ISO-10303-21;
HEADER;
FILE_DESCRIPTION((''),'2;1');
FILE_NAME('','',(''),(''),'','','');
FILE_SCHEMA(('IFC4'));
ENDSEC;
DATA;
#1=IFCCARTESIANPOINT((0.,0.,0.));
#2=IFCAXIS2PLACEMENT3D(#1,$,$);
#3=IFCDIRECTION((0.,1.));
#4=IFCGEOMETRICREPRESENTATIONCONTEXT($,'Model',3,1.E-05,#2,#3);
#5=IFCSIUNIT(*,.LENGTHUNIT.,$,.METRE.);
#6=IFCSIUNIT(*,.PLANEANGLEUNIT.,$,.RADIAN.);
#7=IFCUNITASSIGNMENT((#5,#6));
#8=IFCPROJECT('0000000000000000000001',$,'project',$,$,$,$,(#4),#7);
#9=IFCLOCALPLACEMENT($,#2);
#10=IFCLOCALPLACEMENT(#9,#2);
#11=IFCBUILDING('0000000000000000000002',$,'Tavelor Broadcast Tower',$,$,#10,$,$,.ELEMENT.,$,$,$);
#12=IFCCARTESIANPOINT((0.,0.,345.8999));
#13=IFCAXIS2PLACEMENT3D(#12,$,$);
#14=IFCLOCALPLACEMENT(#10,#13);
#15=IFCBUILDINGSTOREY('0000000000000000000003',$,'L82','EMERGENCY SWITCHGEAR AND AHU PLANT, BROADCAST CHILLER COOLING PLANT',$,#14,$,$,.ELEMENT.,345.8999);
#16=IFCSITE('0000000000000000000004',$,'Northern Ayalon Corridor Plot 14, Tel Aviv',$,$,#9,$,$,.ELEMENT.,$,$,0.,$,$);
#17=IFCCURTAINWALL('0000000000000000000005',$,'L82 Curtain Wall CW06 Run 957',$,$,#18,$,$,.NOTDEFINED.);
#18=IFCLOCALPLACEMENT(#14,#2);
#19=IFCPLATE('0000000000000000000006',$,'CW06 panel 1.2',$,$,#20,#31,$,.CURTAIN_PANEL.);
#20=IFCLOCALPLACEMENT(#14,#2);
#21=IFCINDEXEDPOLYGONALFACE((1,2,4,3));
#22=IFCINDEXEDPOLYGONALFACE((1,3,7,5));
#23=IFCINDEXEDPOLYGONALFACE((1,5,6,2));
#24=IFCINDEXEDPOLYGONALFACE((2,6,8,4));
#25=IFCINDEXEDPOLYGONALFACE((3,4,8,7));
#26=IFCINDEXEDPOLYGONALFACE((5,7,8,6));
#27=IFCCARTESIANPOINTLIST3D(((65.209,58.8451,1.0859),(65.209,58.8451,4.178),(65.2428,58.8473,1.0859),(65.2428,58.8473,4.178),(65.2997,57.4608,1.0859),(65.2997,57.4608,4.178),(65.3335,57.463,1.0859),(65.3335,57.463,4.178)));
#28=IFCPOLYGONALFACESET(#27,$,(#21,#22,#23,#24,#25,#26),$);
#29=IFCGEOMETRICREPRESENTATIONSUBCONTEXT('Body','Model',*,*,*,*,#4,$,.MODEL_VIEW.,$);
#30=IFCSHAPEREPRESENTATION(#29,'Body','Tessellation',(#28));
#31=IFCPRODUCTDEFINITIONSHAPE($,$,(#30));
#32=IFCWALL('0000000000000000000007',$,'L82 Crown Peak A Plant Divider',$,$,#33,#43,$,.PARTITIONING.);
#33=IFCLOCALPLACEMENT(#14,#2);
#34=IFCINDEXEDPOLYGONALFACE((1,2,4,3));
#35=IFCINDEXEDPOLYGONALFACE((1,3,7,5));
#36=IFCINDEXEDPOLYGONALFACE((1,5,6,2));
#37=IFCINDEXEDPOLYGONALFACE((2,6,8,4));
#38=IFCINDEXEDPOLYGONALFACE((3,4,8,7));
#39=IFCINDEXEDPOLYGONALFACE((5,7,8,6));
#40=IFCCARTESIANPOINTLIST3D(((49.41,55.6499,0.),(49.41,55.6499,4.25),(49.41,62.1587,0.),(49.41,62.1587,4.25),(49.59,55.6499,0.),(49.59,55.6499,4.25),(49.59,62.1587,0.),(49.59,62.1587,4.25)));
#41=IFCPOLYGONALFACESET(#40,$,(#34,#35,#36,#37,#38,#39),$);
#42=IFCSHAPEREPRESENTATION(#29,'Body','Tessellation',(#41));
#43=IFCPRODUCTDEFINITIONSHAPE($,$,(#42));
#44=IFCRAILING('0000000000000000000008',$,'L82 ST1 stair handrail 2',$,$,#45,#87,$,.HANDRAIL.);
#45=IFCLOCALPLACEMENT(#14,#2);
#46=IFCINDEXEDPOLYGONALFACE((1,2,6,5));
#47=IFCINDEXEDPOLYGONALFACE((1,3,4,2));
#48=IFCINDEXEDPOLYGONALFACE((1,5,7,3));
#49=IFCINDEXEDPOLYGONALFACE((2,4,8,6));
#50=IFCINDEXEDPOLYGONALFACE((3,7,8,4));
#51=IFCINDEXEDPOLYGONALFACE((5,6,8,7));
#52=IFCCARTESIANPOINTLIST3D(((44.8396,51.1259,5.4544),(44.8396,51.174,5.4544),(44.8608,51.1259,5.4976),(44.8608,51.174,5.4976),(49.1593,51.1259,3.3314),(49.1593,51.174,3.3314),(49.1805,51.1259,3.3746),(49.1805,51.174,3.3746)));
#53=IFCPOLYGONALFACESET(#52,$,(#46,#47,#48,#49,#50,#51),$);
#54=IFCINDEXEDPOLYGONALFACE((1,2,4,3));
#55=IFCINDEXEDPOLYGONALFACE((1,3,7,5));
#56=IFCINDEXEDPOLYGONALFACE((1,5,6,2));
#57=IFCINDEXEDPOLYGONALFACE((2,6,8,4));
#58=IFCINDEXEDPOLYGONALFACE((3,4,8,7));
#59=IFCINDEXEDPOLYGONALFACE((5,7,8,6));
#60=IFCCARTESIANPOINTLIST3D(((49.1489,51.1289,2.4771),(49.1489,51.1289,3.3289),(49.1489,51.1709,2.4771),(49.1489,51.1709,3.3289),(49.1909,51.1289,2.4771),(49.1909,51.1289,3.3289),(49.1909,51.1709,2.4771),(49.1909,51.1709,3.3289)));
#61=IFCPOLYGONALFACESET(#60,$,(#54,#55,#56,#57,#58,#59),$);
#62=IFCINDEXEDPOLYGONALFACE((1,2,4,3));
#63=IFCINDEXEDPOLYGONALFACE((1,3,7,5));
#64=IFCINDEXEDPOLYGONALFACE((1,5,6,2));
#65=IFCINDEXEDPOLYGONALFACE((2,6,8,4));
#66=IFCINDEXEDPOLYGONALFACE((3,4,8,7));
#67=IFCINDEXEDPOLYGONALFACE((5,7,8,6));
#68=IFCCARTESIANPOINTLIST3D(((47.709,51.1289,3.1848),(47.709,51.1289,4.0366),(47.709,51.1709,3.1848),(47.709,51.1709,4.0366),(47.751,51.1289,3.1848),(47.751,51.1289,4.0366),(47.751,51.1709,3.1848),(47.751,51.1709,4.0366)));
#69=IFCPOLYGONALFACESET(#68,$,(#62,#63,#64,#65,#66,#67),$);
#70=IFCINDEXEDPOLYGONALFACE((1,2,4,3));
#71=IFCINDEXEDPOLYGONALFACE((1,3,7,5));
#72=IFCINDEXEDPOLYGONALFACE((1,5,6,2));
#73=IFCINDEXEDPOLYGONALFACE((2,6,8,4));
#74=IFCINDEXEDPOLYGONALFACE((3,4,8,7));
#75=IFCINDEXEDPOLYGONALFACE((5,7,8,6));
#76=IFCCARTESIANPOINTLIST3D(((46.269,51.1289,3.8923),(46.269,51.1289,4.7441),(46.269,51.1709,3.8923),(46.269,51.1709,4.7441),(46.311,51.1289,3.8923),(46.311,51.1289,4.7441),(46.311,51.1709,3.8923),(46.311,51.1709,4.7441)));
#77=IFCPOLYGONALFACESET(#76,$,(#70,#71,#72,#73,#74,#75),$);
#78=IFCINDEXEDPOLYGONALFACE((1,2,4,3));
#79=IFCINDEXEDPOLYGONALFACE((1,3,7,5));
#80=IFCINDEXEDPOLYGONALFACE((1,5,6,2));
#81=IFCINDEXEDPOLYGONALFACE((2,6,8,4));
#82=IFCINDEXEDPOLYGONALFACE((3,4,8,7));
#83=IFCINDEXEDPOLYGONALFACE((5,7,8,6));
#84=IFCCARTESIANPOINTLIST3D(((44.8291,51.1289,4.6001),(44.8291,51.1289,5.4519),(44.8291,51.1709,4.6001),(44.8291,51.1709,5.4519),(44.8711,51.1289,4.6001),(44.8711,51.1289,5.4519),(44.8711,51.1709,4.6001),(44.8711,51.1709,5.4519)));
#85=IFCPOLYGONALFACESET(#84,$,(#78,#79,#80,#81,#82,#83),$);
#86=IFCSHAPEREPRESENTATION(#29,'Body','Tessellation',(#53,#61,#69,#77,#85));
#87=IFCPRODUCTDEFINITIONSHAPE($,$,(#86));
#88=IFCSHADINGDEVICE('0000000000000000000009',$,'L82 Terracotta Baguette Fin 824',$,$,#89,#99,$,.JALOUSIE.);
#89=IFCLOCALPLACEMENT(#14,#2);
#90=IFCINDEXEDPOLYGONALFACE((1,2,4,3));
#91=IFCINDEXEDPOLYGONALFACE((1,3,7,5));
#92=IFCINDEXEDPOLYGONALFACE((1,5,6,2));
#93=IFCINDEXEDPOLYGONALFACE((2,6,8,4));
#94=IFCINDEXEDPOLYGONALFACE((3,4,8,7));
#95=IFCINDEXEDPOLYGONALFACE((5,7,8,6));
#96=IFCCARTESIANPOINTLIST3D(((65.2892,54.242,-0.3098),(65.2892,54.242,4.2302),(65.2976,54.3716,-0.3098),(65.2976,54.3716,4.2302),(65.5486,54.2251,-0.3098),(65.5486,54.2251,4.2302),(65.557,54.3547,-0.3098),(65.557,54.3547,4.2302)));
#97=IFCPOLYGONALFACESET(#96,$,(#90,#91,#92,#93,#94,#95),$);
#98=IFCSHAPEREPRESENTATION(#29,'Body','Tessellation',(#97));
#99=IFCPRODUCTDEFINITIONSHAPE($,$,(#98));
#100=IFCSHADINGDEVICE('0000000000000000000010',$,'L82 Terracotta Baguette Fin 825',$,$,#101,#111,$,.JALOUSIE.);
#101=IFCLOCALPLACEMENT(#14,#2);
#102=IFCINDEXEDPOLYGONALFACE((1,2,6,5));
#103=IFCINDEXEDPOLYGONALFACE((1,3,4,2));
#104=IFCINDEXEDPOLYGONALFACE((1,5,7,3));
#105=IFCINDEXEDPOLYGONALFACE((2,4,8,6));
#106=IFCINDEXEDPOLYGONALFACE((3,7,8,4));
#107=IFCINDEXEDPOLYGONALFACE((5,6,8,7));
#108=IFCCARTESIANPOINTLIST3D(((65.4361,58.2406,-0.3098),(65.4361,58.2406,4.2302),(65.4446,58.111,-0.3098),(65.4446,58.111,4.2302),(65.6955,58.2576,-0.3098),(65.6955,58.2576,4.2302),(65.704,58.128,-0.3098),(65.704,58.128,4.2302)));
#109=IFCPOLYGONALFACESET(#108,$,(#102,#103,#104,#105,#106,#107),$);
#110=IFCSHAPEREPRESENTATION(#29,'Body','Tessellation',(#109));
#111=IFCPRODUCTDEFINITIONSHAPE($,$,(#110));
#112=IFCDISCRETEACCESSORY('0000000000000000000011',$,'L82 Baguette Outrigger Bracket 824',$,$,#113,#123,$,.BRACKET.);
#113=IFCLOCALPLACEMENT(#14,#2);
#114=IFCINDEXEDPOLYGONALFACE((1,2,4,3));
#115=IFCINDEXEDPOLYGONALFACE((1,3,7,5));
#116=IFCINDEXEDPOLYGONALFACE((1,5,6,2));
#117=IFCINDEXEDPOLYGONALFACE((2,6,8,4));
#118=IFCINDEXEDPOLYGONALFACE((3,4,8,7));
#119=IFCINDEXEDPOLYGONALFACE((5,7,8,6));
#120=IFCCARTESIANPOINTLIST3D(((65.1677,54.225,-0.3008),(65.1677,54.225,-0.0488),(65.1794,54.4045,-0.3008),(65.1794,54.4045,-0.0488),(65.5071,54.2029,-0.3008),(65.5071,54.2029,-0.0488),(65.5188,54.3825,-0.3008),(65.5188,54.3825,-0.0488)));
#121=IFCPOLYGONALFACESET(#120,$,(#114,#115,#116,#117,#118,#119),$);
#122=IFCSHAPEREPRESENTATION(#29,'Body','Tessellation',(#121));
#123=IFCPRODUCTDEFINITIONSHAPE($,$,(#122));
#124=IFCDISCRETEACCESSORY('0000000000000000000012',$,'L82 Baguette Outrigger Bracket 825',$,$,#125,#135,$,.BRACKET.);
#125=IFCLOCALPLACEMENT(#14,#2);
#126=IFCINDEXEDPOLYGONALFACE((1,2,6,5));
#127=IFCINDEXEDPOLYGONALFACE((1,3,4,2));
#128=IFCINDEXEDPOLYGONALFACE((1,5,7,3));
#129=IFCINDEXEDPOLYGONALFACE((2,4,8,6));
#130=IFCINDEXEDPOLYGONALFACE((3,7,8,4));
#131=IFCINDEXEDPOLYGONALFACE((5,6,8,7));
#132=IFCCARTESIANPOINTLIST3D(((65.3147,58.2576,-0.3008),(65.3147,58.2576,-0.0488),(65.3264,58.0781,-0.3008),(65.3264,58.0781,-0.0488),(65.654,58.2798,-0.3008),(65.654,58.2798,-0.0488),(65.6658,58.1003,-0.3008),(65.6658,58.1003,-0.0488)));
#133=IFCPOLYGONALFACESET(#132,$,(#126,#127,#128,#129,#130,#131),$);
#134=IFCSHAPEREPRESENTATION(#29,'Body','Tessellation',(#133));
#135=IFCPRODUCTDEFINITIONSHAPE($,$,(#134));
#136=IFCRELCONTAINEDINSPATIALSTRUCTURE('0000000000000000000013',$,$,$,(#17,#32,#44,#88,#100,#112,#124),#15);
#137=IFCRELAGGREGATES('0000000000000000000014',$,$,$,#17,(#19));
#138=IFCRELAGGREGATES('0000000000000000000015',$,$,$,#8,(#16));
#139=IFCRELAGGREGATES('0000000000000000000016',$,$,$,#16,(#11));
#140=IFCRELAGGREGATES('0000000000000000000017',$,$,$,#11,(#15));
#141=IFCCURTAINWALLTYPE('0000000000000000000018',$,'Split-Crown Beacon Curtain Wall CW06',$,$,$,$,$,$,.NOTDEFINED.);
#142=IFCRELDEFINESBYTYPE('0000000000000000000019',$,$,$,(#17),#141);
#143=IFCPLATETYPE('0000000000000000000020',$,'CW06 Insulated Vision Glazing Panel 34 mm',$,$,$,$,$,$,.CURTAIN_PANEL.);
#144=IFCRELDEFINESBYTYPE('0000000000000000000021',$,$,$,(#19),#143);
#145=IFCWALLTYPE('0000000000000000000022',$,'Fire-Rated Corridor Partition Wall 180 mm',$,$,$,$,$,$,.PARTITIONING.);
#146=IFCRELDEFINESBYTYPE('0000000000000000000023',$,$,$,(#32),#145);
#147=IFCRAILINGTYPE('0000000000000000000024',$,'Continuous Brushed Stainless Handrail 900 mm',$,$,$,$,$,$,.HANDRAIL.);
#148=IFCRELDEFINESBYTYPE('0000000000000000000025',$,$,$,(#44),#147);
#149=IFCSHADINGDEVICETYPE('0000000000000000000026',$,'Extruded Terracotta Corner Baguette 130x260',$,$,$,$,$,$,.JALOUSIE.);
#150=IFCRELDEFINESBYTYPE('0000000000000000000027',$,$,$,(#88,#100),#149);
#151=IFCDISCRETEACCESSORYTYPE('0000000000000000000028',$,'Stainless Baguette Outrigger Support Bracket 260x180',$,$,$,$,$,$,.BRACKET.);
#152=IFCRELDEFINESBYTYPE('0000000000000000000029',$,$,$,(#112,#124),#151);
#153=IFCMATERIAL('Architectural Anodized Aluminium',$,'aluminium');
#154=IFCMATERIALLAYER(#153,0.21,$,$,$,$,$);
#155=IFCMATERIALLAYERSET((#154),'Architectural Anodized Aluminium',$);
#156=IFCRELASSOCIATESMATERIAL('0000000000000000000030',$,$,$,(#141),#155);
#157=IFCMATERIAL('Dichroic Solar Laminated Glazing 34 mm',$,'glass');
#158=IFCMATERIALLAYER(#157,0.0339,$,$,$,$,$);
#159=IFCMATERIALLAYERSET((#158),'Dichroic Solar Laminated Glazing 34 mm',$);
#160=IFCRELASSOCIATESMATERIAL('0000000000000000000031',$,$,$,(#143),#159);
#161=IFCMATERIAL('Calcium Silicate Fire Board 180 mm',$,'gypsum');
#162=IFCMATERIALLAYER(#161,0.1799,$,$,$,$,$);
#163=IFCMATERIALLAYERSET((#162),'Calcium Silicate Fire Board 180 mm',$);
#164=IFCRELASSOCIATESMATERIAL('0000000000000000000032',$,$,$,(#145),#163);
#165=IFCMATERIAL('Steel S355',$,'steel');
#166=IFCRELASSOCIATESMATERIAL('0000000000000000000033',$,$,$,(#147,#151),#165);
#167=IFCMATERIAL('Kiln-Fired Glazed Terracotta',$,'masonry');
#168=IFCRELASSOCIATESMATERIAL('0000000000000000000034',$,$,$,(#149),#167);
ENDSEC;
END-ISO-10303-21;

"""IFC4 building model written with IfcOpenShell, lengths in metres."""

from ifc_helpers import new_model, si_unit, direction, frame, frame_2d, origin, origin_2d, place, context, subcontext, project, spatial, rectangle, extrude, source, transform, mapped, material, layer, layer_set, type_object, type_shapes, element, aggregate, save


model = new_model("IFC4")

# Units and contexts
model_context = context("Model", 3, precision=1e-05, world=origin(), true_north=direction((0.0, 1.0)))
body_context = subcontext(model_context, "Body", "Model", "MODEL_VIEW")
ifc_project = project(units=[si_unit("LENGTHUNIT", "METRE"), si_unit("PLANEANGLEUNIT", "RADIAN")], contexts=[model_context])

# Site, building, storey
site_placement = place(None, origin())
site = spatial("IfcSite", under=ifc_project, at=site_placement, Name="Northern Ayalon Corridor Plot 14, Tel Aviv", CompositionType="ELEMENT", RefElevation=0.0)
building_placement = place(site_placement, origin())
building = spatial("IfcBuilding", under=site, at=building_placement, Name="Tavelor Broadcast Tower", CompositionType="ELEMENT")
storey_placement = place(building_placement, frame((0.0, 0.0, 345.8999)))
storey = spatial("IfcBuildingStorey", under=building, at=storey_placement, Name="L82", Description="EMERGENCY SWITCHGEAR AND AHU PLANT, BROADCAST CHILLER COOLING PLANT", CompositionType="ELEMENT", Elevation=345.8999)

# Shared definitions
ifc_material_1 = material(Name="Steel S355", Category="steel")

# Shared definitions
ifc_material_2 = material(Name="Architectural Anodized Aluminium", Category="aluminium")
ifc_layer_1 = layer(ifc_material_2, 0.21)
ifc_layer_set_1 = layer_set([ifc_layer_1], Name="Architectural Anodized Aluminium")
curtain_wall_type = type_object("IfcCurtainWallType", Name="Split-Crown Beacon Curtain Wall CW06", PredefinedType="NOTDEFINED", material=ifc_layer_set_1)

# Curtain wall
curtain_wall_1_placement = place(storey_placement, origin())
curtain_wall_1 = element("IfcCurtainWall", 1, at=curtain_wall_1_placement, inside=storey, type_object=curtain_wall_type, Name="L82 Curtain Wall CW06 Run 957", PredefinedType="NOTDEFINED")

# Plate
ifc_material_3 = material(Name="Dichroic Solar Laminated Glazing 34 mm", Category="glass")
ifc_layer_2 = layer(ifc_material_3, 0.0339)
ifc_layer_set_2 = layer_set([ifc_layer_2], Name="Dichroic Solar Laminated Glazing 34 mm")
plate_type_1 = type_object("IfcPlateType", Name="CW06 Insulated Vision Glazing Panel 34 mm", PredefinedType="CURTAIN_PANEL", material=ifc_layer_set_2)
shared_shape_1 = source(origin(), body_context, "Body", "SweptSolid", [
    extrude(rectangle(XDim=1.3872, YDim=0.0339, at=origin_2d()), origin(), (0.0, 0.0, 1.0), 3.092),
])
plate_1_placement = place(storey_placement, frame((65.2712, 58.1541, 1.0859), z_axis=(0.0, 0.0, 1.0), x_axis=(-0.065375, 0.997861, 0.0)))
plate_1 = element("IfcPlate", 2, at=plate_1_placement, type_object=plate_type_1, Name="CW06 panel 1.2", PredefinedType="CURTAIN_PANEL", context=body_context, shape_type="MappedRepresentation", body=[
    mapped(shared_shape_1, transform((0.0, 0.0, 0.0), scale=1.0)),
])
aggregate(curtain_wall_1, [plate_1])

# Wall
ifc_material_4 = material(Name="Calcium Silicate Fire Board 180 mm", Category="gypsum")
ifc_layer_3 = layer(ifc_material_4, 0.1799)
ifc_layer_set_3 = layer_set([ifc_layer_3], Name="Calcium Silicate Fire Board 180 mm")
wall_type = type_object("IfcWallType", Name="Fire-Rated Corridor Partition Wall 180 mm", PredefinedType="PARTITIONING", material=ifc_layer_set_3)
wall_placement = place(storey_placement, frame((49.5, 55.6499, 0.0), z_axis=(0.0, 0.0, 1.0), x_axis=(0.0, 1.0, 0.0)))
element("IfcWall", 3, at=wall_placement, inside=storey, type_object=wall_type, Name="L82 Crown Peak A Plant Divider", PredefinedType="PARTITIONING", context=body_context, shape_type="SweptSolid", body=[
    extrude(rectangle(XDim=6.5088, YDim=0.1799, at=frame_2d((3.2544, 0.0))), origin(), (0.0, 0.0, 1.0), 4.25),
])

# Railing
railing_type = type_object("IfcRailingType", Name="Continuous Brushed Stainless Handrail 900 mm", PredefinedType="HANDRAIL", material=ifc_material_1)
railing_placement = place(storey_placement, frame((49.1699, 51.1499, 2.4771)))
element("IfcRailing", 4, at=railing_placement, inside=storey, type_object=railing_type, Name="L82 ST1 stair handrail 2", PredefinedType="HANDRAIL", context=body_context, shape_type="SweptSolid", body=[
    extrude(rectangle(XDim=0.0481, YDim=0.0481, at=origin_2d()), frame((0.0, 0.0, 0.876), z_axis=(-0.89747, 0.0, 0.441076), x_axis=(0.0, -1.0, 0.0)), (0.0, 0.0, 1.0), 4.8132),
    extrude(rectangle(XDim=0.042, YDim=0.042, at=origin_2d()), origin(), (0.0, 0.0, 1.0), 0.8518),
    extrude(rectangle(XDim=0.042, YDim=0.042, at=origin_2d()), frame((-1.4399, 0.0, 0.7078)), (0.0, 0.0, 1.0), 0.8518),
    extrude(rectangle(XDim=0.042, YDim=0.042, at=origin_2d()), frame((-2.8799, 0.0, 1.4153)), (0.0, 0.0, 1.0), 0.8518),
    extrude(rectangle(XDim=0.042, YDim=0.042, at=origin_2d()), frame((-4.3198, 0.0, 2.123)), (0.0, 0.0, 1.0), 0.8518),
])

# Shading devices
ifc_material_5 = material(Name="Kiln-Fired Glazed Terracotta", Category="masonry")
shading_device_type = type_object("IfcShadingDeviceType", Name="Extruded Terracotta Corner Baguette 130x260", PredefinedType="JALOUSIE", material=ifc_material_5)
shared_shape_2 = source(origin(), body_context, "Body", "SweptSolid", [
    extrude(rectangle(XDim=0.1299, YDim=0.26, at=origin_2d()), origin(), (0.0, 0.0, 1.0), 4.54),
])
type_shapes(shading_device_type, [shared_shape_2])
for number, where, z_axis, x_axis, name in (
    (5, (65.4231, 54.2983, -0.3098), (0.0, 0.0, 1.0), (0.064881, 0.997893, 0.0), "L82 Terracotta Baguette Fin 824"),
    (6, (65.5701, 58.1843, -0.3098), (0.0, 0.0, 1.0), (-0.065403, 0.997859, 0.0), "L82 Terracotta Baguette Fin 825"),
):
    element("IfcShadingDevice", number, at=place(storey_placement, frame(where, z_axis=z_axis, x_axis=x_axis)), inside=storey, type_object=shading_device_type, Name=name, PredefinedType="JALOUSIE", context=body_context, shape_type="MappedRepresentation", body=[
        mapped(shared_shape_2, transform((0.0, 0.0, 0.0), scale=1.0)),
    ])

# Discrete accessories
discrete_accessory_type = type_object("IfcDiscreteAccessoryType", Name="Stainless Baguette Outrigger Support Bracket 260x180", PredefinedType="BRACKET", material=ifc_material_1)
shared_shape_3 = source(origin(), body_context, "Body", "SweptSolid", [
    extrude(rectangle(XDim=0.1799, YDim=0.3401, at=origin_2d()), origin(), (0.0, 0.0, 1.0), 0.252),
])
type_shapes(discrete_accessory_type, [shared_shape_3])
for number, where, z_axis, x_axis, name in (
    (7, (65.3433, 54.3037, -0.3008), (0.0, 0.0, 1.0), (0.064881, 0.997893, 0.0), "L82 Baguette Outrigger Bracket 824"),
    (8, (65.4902, 58.179, -0.3008), (0.0, 0.0, 1.0), (-0.065403, 0.997859, 0.0), "L82 Baguette Outrigger Bracket 825"),
):
    element("IfcDiscreteAccessory", number, at=place(storey_placement, frame(where, z_axis=z_axis, x_axis=x_axis)), inside=storey, type_object=discrete_accessory_type, Name=name, PredefinedType="BRACKET", context=body_context, shape_type="MappedRepresentation", body=[
        mapped(shared_shape_3, transform((0.0, 0.0, 0.0), scale=1.0)),
    ])

save(model, "model.ifc")
